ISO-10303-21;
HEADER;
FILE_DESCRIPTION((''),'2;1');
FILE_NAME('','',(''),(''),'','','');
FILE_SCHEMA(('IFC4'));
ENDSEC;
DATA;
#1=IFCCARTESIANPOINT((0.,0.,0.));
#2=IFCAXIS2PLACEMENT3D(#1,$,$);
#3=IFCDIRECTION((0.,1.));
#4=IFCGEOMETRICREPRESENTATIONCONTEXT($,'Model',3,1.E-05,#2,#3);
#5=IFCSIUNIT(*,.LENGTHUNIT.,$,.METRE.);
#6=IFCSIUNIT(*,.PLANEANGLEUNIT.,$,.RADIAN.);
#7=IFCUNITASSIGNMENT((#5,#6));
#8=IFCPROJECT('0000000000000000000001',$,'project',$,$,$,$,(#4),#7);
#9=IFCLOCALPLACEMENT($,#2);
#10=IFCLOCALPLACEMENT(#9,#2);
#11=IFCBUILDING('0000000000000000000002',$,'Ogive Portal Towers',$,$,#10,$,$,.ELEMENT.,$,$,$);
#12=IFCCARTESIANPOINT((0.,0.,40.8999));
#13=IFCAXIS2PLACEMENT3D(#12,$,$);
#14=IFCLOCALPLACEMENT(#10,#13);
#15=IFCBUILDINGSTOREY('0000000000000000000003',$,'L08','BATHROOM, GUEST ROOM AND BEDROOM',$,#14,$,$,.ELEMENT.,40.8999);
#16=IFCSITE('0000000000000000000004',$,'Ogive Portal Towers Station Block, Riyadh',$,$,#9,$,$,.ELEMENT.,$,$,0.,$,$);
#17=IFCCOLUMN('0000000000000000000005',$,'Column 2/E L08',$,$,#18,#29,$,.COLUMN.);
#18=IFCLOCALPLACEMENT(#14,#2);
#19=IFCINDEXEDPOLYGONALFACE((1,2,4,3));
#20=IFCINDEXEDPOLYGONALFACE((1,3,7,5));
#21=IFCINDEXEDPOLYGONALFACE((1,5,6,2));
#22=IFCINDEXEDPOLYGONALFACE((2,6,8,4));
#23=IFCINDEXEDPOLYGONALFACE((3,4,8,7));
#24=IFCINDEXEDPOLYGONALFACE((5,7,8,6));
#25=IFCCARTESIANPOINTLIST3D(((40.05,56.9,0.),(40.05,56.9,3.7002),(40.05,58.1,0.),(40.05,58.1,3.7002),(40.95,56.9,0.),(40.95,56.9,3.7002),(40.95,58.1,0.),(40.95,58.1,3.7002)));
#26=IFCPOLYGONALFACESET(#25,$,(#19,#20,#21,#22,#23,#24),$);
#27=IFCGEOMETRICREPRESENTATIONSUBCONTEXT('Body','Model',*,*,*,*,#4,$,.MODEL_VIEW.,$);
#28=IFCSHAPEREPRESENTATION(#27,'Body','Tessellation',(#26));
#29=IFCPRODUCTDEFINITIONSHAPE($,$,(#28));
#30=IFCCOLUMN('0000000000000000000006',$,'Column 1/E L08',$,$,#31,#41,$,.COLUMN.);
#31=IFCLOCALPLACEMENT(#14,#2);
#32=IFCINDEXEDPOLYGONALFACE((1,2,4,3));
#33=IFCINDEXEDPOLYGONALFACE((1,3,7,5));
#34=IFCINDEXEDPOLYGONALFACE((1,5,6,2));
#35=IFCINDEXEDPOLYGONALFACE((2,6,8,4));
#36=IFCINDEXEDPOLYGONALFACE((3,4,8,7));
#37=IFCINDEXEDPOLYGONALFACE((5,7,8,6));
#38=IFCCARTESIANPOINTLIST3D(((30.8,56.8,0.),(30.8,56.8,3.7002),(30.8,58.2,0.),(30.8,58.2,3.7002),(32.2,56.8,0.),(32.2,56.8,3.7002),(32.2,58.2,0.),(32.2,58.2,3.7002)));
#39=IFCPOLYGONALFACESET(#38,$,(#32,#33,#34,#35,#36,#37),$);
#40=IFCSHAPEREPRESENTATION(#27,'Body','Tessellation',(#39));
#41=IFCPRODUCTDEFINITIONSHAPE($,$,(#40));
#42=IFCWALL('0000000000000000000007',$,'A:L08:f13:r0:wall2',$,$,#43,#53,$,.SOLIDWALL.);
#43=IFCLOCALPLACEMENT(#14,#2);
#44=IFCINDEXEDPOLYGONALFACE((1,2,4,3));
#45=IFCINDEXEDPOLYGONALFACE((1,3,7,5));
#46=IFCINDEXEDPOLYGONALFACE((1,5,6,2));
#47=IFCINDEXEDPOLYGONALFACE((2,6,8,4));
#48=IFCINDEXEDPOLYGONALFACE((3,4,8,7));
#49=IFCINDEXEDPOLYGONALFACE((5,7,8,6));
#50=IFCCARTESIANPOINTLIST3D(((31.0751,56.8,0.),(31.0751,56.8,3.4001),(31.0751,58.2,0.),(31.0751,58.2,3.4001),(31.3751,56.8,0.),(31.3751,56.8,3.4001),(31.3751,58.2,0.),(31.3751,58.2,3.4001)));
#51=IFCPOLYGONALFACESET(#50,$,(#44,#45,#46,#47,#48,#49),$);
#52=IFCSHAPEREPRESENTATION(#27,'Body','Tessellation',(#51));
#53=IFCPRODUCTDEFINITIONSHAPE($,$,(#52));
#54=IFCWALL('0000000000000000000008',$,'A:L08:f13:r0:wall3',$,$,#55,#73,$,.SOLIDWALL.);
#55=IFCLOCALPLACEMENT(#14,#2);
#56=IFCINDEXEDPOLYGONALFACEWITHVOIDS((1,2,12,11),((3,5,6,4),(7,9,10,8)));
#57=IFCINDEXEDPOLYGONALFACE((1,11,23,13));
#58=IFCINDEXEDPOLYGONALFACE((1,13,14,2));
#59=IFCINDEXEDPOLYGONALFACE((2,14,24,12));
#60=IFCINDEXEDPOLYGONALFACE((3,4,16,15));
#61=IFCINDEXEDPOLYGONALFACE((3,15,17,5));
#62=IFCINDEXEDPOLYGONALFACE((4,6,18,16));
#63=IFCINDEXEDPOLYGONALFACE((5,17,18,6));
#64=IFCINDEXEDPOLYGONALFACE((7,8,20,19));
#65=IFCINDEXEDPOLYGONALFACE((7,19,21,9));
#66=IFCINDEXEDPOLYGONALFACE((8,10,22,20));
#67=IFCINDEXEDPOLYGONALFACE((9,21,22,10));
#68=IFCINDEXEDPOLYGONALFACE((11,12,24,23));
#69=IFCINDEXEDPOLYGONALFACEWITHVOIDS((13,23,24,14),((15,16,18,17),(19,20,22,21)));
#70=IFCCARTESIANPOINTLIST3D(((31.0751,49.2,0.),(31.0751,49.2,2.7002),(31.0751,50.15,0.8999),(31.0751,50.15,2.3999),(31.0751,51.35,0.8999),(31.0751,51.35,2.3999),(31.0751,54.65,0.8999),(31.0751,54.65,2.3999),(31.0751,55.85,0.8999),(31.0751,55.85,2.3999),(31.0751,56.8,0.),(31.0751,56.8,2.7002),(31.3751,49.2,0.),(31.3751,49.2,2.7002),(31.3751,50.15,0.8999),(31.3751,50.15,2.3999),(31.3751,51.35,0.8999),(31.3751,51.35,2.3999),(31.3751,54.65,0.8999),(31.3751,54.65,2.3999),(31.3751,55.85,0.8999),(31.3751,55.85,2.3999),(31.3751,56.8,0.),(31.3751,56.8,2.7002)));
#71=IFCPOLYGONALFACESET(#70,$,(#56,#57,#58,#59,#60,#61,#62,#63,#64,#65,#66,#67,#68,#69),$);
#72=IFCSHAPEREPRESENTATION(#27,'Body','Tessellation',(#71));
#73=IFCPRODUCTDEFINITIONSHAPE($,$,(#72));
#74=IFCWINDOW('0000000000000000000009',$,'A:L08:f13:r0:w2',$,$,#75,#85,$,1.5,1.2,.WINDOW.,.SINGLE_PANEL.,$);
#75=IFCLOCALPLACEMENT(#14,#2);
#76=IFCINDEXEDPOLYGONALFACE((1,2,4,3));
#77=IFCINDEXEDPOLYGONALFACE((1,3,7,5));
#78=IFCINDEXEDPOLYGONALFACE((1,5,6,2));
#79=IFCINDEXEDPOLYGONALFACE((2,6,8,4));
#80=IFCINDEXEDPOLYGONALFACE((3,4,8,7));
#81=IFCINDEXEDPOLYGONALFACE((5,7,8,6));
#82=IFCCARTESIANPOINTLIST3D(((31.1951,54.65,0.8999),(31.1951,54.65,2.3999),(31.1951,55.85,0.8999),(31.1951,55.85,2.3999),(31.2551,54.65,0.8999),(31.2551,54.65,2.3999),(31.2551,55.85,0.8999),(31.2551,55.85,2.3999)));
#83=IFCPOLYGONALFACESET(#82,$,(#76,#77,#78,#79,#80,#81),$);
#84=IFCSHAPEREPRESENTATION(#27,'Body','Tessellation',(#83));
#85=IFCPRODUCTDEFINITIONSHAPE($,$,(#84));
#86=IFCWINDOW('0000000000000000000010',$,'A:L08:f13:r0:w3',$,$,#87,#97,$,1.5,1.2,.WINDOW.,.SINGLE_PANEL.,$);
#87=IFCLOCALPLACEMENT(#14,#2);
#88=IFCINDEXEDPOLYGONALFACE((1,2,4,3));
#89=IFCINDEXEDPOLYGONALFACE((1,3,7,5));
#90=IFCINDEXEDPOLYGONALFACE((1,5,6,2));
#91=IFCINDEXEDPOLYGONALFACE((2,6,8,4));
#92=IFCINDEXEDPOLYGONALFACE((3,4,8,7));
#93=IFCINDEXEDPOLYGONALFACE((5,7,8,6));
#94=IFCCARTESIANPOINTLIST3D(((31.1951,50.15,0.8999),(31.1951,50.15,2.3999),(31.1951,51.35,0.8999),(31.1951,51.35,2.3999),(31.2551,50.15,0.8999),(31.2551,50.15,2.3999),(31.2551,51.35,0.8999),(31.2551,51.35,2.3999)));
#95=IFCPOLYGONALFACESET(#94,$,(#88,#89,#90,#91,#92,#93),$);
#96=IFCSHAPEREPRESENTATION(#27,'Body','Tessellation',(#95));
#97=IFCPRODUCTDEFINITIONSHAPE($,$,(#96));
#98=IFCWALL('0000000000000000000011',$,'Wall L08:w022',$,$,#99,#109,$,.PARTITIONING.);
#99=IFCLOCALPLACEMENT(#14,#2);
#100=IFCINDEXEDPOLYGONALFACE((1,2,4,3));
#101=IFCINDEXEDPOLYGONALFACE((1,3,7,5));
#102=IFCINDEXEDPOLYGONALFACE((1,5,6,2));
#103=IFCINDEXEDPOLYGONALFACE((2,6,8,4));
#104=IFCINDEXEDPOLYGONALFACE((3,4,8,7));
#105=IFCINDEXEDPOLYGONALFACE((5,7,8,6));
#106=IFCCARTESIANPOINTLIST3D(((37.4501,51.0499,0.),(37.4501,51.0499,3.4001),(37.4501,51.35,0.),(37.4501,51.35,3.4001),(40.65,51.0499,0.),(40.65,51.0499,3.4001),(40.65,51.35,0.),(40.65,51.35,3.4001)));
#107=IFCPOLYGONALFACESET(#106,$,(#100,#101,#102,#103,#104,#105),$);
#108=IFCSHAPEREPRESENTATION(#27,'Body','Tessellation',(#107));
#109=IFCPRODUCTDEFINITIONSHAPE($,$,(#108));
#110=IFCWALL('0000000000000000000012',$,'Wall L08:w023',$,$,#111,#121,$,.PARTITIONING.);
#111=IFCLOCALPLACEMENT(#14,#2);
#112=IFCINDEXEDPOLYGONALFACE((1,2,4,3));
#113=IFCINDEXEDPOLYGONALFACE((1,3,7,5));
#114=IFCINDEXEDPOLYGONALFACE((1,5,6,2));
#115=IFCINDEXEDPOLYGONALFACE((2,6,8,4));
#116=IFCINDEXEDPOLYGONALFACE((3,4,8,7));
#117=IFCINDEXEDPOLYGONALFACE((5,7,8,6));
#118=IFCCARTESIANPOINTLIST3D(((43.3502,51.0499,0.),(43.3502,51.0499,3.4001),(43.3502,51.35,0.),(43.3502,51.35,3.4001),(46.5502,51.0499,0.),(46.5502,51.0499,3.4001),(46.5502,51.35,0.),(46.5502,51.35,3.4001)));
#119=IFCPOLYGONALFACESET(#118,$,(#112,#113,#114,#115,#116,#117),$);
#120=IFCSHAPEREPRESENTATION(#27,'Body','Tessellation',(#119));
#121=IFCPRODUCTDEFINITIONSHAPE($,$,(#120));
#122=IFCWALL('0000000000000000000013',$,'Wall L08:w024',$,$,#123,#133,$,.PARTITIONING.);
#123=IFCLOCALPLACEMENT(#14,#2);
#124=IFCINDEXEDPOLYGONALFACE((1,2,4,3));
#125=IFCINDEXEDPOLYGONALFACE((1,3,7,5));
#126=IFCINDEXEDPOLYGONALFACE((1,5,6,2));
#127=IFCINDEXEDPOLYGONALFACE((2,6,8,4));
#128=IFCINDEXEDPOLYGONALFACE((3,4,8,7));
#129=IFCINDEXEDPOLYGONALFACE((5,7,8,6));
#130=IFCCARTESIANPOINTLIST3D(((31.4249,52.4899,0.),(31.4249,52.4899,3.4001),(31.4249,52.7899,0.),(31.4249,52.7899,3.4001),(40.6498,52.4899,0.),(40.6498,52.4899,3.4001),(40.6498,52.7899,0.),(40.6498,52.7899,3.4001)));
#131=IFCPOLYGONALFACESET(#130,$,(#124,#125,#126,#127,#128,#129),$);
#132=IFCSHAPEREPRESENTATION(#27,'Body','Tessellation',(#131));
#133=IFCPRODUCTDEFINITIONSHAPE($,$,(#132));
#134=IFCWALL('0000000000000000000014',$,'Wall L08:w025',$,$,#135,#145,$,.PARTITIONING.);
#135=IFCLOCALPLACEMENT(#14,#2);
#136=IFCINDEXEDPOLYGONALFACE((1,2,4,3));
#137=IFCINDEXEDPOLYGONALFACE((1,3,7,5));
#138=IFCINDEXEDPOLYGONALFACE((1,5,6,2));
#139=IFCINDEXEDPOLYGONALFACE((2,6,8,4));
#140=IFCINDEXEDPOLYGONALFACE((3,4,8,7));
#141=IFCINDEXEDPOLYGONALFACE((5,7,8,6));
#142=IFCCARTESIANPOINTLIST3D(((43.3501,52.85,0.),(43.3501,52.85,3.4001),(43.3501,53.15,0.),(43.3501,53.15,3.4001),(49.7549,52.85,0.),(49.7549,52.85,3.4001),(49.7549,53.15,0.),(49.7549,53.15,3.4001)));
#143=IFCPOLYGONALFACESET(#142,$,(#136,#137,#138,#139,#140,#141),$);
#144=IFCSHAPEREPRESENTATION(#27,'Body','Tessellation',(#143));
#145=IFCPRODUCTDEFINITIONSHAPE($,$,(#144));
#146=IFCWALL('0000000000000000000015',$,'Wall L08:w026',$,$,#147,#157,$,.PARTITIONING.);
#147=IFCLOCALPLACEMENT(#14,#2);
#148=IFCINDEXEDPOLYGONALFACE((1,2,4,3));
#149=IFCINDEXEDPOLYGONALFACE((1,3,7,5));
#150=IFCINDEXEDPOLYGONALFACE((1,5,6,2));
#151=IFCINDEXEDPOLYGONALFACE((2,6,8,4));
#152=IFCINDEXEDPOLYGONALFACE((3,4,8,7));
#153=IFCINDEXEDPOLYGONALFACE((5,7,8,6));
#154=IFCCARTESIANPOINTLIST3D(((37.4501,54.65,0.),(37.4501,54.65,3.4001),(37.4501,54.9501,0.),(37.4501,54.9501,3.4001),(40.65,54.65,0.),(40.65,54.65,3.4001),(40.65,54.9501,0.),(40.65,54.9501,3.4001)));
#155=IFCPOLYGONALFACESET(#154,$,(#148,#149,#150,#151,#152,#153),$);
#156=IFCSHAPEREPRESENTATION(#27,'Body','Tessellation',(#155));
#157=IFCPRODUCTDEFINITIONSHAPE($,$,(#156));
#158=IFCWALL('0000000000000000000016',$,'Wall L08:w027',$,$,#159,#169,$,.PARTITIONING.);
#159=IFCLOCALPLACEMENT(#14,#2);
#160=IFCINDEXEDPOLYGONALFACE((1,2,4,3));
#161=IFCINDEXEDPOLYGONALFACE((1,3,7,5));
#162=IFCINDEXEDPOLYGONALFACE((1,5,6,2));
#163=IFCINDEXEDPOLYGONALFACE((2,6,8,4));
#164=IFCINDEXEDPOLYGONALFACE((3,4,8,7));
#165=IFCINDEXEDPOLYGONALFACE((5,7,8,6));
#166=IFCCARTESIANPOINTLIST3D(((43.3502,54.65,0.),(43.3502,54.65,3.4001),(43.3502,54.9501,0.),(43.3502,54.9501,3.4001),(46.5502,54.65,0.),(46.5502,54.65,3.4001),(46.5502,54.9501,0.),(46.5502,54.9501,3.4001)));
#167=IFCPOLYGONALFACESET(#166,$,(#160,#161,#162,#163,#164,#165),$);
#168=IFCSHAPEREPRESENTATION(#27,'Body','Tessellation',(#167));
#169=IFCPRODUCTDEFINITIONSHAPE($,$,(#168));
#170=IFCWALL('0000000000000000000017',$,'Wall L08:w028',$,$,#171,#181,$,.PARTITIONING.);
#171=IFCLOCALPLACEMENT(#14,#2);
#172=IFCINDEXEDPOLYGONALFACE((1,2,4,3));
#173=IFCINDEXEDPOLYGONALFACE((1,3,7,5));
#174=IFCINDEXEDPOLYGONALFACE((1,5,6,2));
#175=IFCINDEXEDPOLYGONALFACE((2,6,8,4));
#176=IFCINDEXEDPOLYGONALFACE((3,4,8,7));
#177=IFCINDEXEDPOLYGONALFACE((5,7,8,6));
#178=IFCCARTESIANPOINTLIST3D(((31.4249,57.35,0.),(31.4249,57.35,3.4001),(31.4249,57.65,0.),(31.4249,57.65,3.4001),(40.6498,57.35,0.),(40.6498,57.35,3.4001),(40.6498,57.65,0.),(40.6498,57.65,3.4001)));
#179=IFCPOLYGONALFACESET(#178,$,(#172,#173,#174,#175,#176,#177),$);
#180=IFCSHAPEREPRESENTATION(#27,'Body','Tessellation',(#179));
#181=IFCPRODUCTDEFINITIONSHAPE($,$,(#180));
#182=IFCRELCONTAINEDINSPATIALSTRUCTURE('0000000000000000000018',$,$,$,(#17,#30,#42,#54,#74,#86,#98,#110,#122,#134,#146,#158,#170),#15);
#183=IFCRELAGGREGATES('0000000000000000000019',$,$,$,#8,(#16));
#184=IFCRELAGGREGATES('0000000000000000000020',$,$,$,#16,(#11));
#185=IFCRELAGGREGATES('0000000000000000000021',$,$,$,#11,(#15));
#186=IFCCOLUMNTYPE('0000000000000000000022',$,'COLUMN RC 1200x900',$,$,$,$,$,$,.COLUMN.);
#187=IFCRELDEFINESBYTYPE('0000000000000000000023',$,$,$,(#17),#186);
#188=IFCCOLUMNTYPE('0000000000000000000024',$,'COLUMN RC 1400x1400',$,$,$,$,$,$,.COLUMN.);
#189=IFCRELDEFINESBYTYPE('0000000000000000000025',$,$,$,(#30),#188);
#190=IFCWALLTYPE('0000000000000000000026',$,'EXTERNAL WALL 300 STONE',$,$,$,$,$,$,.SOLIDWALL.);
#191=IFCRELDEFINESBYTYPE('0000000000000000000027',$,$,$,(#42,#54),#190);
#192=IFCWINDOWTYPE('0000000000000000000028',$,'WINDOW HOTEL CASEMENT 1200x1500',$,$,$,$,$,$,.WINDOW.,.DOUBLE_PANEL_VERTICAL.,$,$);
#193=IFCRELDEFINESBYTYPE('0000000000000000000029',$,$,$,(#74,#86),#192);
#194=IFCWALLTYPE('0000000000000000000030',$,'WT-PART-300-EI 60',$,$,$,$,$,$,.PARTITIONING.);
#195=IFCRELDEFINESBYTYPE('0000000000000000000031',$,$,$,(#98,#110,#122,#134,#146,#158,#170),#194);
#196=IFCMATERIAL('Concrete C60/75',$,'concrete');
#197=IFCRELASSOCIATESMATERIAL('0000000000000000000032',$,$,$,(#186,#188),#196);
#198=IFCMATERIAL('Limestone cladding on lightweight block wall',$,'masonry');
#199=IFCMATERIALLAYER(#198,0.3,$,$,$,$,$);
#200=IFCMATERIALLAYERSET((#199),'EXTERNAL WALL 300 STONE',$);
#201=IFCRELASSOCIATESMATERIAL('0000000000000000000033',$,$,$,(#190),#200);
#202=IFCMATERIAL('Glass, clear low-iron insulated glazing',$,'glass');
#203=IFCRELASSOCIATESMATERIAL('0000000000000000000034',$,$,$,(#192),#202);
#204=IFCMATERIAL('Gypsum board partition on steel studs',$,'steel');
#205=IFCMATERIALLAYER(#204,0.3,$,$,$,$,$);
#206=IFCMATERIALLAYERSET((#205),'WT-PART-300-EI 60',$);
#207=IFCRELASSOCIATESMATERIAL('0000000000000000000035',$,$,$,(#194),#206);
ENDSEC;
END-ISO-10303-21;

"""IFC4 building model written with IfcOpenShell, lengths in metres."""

from ifc_helpers import new_model, si_unit, direction, frame, frame_2d, origin, origin_2d, place, context, subcontext, project, spatial, rectangle, extrude, material, layer, layer_set, material_profile, profile_set, type_object, element, fill, save


model = new_model("IFC4")

# Units and contexts
model_context = context("Model", 3, precision=1e-05, world=origin(), true_north=direction((0.0, 1.0)))
body_context = subcontext(model_context, "Body", "Model", "MODEL_VIEW")
ifc_project = project(units=[si_unit("LENGTHUNIT", "METRE"), si_unit("PLANEANGLEUNIT", "RADIAN")], contexts=[model_context])

# Site, building, storey
site_placement = place(None, origin())
site = spatial("IfcSite", under=ifc_project, at=site_placement, Name="Ogive Portal Towers Station Block, Riyadh", CompositionType="ELEMENT", RefElevation=0.0)
building_placement = place(site_placement, origin())
building = spatial("IfcBuilding", under=site, at=building_placement, Name="Ogive Portal Towers", CompositionType="ELEMENT")
storey_placement = place(building_placement, frame((0.0, 0.0, 40.8999)))
storey = spatial("IfcBuildingStorey", under=building, at=storey_placement, Name="L08", Description="BATHROOM, GUEST ROOM AND BEDROOM", CompositionType="ELEMENT", Elevation=40.8999)

# Columns
ifc_material_1 = material(Name="Concrete C60/75", Category="concrete")
ifc_material_profile_1 = material_profile(ifc_material_1, rectangle(XDim=1.2, YDim=0.8999, at=origin_2d()), Name="RC 1200x900")
ifc_profile_set_1 = profile_set([ifc_material_profile_1], Name="Concrete C60/75")
column_type_1 = type_object("IfcColumnType", Name="COLUMN RC 1200x900", PredefinedType="COLUMN", material=ifc_profile_set_1)
column_1_placement = place(storey_placement, frame((40.5, 57.5, 0.0), z_axis=(0.0, 0.0, 1.0), x_axis=(0.0, 1.0, 0.0)))
element("IfcColumn", 1, at=column_1_placement, inside=storey, type_object=column_type_1, Name="Column 2/E L08", PredefinedType="COLUMN", context=body_context, shape_type="SweptSolid", body=[
    extrude(rectangle(XDim=1.2, YDim=0.8999, at=origin_2d()), origin(), (0.0, 0.0, 1.0), 3.7002),
])
ifc_material_profile_2 = material_profile(ifc_material_1, rectangle(XDim=1.3999, YDim=1.3999, at=origin_2d()), Name="RC 1400x1400")
ifc_profile_set_2 = profile_set([ifc_material_profile_2], Name="Concrete C60/75")
column_type_2 = type_object("IfcColumnType", Name="COLUMN RC 1400x1400", PredefinedType="COLUMN", material=ifc_profile_set_2)
column_2_placement = place(storey_placement, frame((31.5, 57.5, 0.0), z_axis=(0.0, 0.0, 1.0), x_axis=(1.0, 0.0, 0.0)))
element("IfcColumn", 2, at=column_2_placement, inside=storey, type_object=column_type_2, Name="Column 1/E L08", PredefinedType="COLUMN", context=body_context, shape_type="SweptSolid", body=[
    extrude(rectangle(XDim=1.3999, YDim=1.3999, at=origin_2d()), origin(), (0.0, 0.0, 1.0), 3.7002),
])

# Wall
ifc_material_2 = material(Name="Limestone cladding on lightweight block wall", Category="masonry")
ifc_layer_1 = layer(ifc_material_2, 0.3)
ifc_layer_set_1 = layer_set([ifc_layer_1], Name="EXTERNAL WALL 300 STONE")
wall_type_1 = type_object("IfcWallType", Name="EXTERNAL WALL 300 STONE", PredefinedType="SOLIDWALL", material=ifc_layer_set_1)
wall_1_placement = place(storey_placement, frame((31.2251, 58.2, 0.0), z_axis=(0.0, 0.0, 1.0), x_axis=(0.0, -1.0, 0.0)))
element("IfcWall", 3, at=wall_1_placement, inside=storey, type_object=wall_type_1, Name="A:L08:f13:r0:wall2", PredefinedType="SOLIDWALL", context=body_context, shape_type="SweptSolid", body=[
    extrude(rectangle(XDim=1.3999, YDim=0.3, at=frame_2d((0.7, 0.0))), origin(), (0.0, 0.0, 1.0), 3.4001),
])

# Wall, openings, windows
wall_2_placement = place(storey_placement, frame((31.2251, 56.8, 0.0), z_axis=(0.0, 0.0, 1.0), x_axis=(0.0, -1.0, 0.0)))
wall_2 = element("IfcWall", 4, at=wall_2_placement, inside=storey, type_object=wall_type_1, Name="A:L08:f13:r0:wall3", PredefinedType="SOLIDWALL", context=body_context, shape_type="SweptSolid", body=[
    extrude(rectangle(XDim=7.6001, YDim=0.3, at=frame_2d((3.8, 0.0))), origin(), (0.0, 0.0, 1.0), 2.7002),
])
opening_1_placement = place(wall_2_placement, frame((0.95, 0.0, 0.8999)))
opening_1 = element("IfcOpeningElement", 5, at=opening_1_placement, cuts=wall_2, PredefinedType="OPENING", context=body_context, shape_type="SweptSolid", body=[
    extrude(rectangle(XDim=1.2, YDim=1.5, at=frame_2d((0.6001, 0.75))), frame((0.0, 0.1602, 0.0), z_axis=(0.0, -1.0, 0.0), x_axis=(1.0, 0.0, 0.0)), (0.0, 0.0, 1.0), 0.3201),
])
opening_2_placement = place(wall_2_placement, frame((5.45, 0.0, 0.8999)))
opening_2 = element("IfcOpeningElement", 6, at=opening_2_placement, cuts=wall_2, PredefinedType="OPENING", context=body_context, shape_type="SweptSolid", body=[
    extrude(rectangle(XDim=1.2, YDim=1.5, at=frame_2d((0.6001, 0.75))), frame((0.0, 0.1602, 0.0), z_axis=(0.0, -1.0, 0.0), x_axis=(1.0, 0.0, 0.0)), (0.0, 0.0, 1.0), 0.3201),
])
ifc_material_3 = material(Name="Glass, clear low-iron insulated glazing", Category="glass")
window_type = type_object("IfcWindowType", Name="WINDOW HOTEL CASEMENT 1200x1500", PartitioningType="DOUBLE_PANEL_VERTICAL", PredefinedType="WINDOW", material=ifc_material_3)
window_1_placement = place(opening_1_placement, origin())
window_1 = element("IfcWindow", 7, at=window_1_placement, inside=storey, type_object=window_type, Name="A:L08:f13:r0:w2", OverallHeight=1.5, OverallWidth=1.2, PartitioningType="SINGLE_PANEL", PredefinedType="WINDOW", context=body_context, shape_type="SweptSolid", body=[
    extrude(rectangle(XDim=1.2, YDim=1.5, at=frame_2d((0.6001, 0.75))), frame((0.0, 0.03, 0.0), z_axis=(0.0, -1.0, 0.0), x_axis=(1.0, 0.0, 0.0)), (0.0, 0.0, 1.0), 0.0601),
])
fill(opening_1, window_1)
window_2_placement = place(opening_2_placement, origin())
window_2 = element("IfcWindow", 8, at=window_2_placement, inside=storey, type_object=window_type, Name="A:L08:f13:r0:w3", OverallHeight=1.5, OverallWidth=1.2, PartitioningType="SINGLE_PANEL", PredefinedType="WINDOW", context=body_context, shape_type="SweptSolid", body=[
    extrude(rectangle(XDim=1.2, YDim=1.5, at=frame_2d((0.6001, 0.75))), frame((0.0, 0.03, 0.0), z_axis=(0.0, -1.0, 0.0), x_axis=(1.0, 0.0, 0.0)), (0.0, 0.0, 1.0), 0.0601),
])
fill(opening_2, window_2)

# Walls
ifc_material_4 = material(Name="Gypsum board partition on steel studs", Category="steel")
ifc_layer_2 = layer(ifc_material_4, 0.3)
ifc_layer_set_2 = layer_set([ifc_layer_2], Name="WT-PART-300-EI 60")
wall_type_2 = type_object("IfcWallType", Name="WT-PART-300-EI 60", PredefinedType="PARTITIONING", material=ifc_layer_set_2)
for number, where, z_axis, x_axis, name in (
    (9, (37.45, 51.2, 0.0), (0.0, 0.0, 1.0), (1.0, 0.0, 0.0), "Wall L08:w022"),
    (10, (43.3501, 51.2, 0.0), (0.0, 0.0, 1.0), (1.0, 0.0, 0.0), "Wall L08:w023"),
):
    element("IfcWall", number, at=place(storey_placement, frame(where, z_axis=z_axis, x_axis=x_axis)), inside=storey, type_object=wall_type_2, Name=name, PredefinedType="PARTITIONING", context=body_context, shape_type="SweptSolid", body=[
        extrude(rectangle(XDim=3.2, YDim=0.3, at=frame_2d((1.6001, 0.0))), origin(), (0.0, 0.0, 1.0), 3.4001),
    ])
wall_3_placement = place(storey_placement, frame((31.425, 52.6399, 0.0), z_axis=(0.0, 0.0, 1.0), x_axis=(1.0, 0.0, 0.0)))
element("IfcWall", 11, at=wall_3_placement, inside=storey, type_object=wall_type_2, Name="Wall L08:w024", PredefinedType="PARTITIONING", context=body_context, shape_type="SweptSolid", body=[
    extrude(rectangle(XDim=9.2249, YDim=0.3, at=frame_2d((4.6123, 0.0))), origin(), (0.0, 0.0, 1.0), 3.4001),
])
wall_4_placement = place(storey_placement, frame((43.3501, 53.0, 0.0), z_axis=(0.0, 0.0, 1.0), x_axis=(1.0, 0.0, 0.0)))
element("IfcWall", 12, at=wall_4_placement, inside=storey, type_object=wall_type_2, Name="Wall L08:w025", PredefinedType="PARTITIONING", context=body_context, shape_type="SweptSolid", body=[
    extrude(rectangle(XDim=6.4048, YDim=0.3, at=frame_2d((3.2024, 0.0))), origin(), (0.0, 0.0, 1.0), 3.4001),
])
for number, where, z_axis, x_axis, name in (
    (13, (37.45, 54.8, 0.0), (0.0, 0.0, 1.0), (1.0, 0.0, 0.0), "Wall L08:w026"),
    (14, (43.3501, 54.8, 0.0), (0.0, 0.0, 1.0), (1.0, 0.0, 0.0), "Wall L08:w027"),
):
    element("IfcWall", number, at=place(storey_placement, frame(where, z_axis=z_axis, x_axis=x_axis)), inside=storey, type_object=wall_type_2, Name=name, PredefinedType="PARTITIONING", context=body_context, shape_type="SweptSolid", body=[
        extrude(rectangle(XDim=3.2, YDim=0.3, at=frame_2d((1.6001, 0.0))), origin(), (0.0, 0.0, 1.0), 3.4001),
    ])
wall_5_placement = place(storey_placement, frame((31.425, 57.5, 0.0), z_axis=(0.0, 0.0, 1.0), x_axis=(1.0, 0.0, 0.0)))
element("IfcWall", 15, at=wall_5_placement, inside=storey, type_object=wall_type_2, Name="Wall L08:w028", PredefinedType="PARTITIONING", context=body_context, shape_type="SweptSolid", body=[
    extrude(rectangle(XDim=9.2249, YDim=0.3, at=frame_2d((4.6123, 0.0))), origin(), (0.0, 0.0, 1.0), 3.4001),
])

save(model, "model.ifc")
